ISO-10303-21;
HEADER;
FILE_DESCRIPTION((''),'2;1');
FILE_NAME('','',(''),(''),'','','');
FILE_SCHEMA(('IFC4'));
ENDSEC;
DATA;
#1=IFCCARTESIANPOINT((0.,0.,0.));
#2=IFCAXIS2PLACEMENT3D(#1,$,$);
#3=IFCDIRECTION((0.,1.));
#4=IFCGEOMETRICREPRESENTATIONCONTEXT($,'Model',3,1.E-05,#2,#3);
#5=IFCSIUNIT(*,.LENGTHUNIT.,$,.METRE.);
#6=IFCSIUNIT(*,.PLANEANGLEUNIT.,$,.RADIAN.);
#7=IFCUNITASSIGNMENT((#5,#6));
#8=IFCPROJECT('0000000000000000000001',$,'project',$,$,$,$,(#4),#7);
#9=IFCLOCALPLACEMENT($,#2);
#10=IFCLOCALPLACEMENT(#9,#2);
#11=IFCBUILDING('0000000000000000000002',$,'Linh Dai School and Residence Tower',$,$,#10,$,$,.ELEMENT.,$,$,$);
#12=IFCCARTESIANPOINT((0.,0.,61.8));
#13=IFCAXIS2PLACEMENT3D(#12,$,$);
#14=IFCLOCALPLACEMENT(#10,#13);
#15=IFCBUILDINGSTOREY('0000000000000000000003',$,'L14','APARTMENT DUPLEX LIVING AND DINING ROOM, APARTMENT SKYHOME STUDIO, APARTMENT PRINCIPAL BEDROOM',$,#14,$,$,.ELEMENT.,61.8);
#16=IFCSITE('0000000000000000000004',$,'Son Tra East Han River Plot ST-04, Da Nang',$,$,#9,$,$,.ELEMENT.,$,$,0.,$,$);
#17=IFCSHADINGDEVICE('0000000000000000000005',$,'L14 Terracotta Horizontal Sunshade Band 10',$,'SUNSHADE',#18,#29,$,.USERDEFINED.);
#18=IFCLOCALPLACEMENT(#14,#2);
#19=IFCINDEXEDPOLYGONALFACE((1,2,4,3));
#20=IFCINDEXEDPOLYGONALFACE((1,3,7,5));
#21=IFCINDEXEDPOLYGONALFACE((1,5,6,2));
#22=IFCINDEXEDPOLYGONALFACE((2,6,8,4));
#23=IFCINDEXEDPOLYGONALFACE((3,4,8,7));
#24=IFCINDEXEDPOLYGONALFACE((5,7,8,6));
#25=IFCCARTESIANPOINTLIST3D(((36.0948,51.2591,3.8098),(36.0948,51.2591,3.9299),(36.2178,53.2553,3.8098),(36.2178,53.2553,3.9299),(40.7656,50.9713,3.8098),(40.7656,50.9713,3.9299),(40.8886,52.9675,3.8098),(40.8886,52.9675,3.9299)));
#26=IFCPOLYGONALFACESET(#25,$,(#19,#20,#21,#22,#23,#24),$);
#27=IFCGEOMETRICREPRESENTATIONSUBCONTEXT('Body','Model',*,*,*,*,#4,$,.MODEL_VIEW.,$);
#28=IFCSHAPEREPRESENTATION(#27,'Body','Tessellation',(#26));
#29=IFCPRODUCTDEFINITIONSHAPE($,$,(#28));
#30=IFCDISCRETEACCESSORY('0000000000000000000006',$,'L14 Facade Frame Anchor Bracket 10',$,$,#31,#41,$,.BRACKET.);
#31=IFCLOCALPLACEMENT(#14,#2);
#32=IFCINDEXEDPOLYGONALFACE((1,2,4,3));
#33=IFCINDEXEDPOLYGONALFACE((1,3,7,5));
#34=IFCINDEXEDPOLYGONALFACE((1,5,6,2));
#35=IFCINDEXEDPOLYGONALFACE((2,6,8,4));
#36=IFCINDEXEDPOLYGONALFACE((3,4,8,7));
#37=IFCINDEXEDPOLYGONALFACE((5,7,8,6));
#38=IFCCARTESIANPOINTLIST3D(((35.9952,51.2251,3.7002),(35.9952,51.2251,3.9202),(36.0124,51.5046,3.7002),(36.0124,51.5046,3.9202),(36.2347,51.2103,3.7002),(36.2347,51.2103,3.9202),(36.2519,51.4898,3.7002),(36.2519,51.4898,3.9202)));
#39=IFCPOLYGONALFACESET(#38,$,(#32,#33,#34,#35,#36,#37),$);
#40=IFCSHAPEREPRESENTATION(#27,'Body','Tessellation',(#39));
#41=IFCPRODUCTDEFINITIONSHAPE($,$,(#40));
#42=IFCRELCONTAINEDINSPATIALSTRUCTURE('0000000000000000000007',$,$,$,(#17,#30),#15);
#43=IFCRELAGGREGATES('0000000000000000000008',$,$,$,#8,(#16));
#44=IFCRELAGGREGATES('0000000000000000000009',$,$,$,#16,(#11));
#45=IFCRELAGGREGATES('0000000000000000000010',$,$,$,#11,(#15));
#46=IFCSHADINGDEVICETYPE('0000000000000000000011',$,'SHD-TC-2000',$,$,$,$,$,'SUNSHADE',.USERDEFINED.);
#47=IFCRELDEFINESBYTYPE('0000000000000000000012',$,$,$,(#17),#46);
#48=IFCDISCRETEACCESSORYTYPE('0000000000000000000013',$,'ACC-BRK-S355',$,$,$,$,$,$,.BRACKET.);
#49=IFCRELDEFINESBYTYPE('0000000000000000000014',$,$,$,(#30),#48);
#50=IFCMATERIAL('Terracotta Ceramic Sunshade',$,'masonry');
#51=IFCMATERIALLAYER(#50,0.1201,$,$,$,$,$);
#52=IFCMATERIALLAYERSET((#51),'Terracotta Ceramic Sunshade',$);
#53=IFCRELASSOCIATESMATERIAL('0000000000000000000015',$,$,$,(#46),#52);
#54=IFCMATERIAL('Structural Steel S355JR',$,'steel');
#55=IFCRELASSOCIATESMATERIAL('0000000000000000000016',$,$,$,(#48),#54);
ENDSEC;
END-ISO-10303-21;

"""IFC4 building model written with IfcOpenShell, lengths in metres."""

from ifc_helpers import new_model, si_unit, direction, frame, origin, origin_2d, place, context, subcontext, project, spatial, rectangle, extrude, source, transform, mapped, material, layer, layer_set, type_object, element, save


model = new_model("IFC4")

# Units and contexts
model_context = context("Model", 3, precision=1e-05, world=origin(), true_north=direction((0.0, 1.0)))
body_context = subcontext(model_context, "Body", "Model", "MODEL_VIEW")
ifc_project = project(units=[si_unit("LENGTHUNIT", "METRE"), si_unit("PLANEANGLEUNIT", "RADIAN")], contexts=[model_context])

# Site, building, storey
site_placement = place(None, origin())
site = spatial("IfcSite", under=ifc_project, at=site_placement, Name="Son Tra East Han River Plot ST-04, Da Nang", CompositionType="ELEMENT", RefElevation=0.0)
building_placement = place(site_placement, origin())
building = spatial("IfcBuilding", under=site, at=building_placement, Name="Linh Dai School and Residence Tower", CompositionType="ELEMENT")
storey_placement = place(building_placement, frame((0.0, 0.0, 61.8)))
storey = spatial("IfcBuildingStorey", under=building, at=storey_placement, Name="L14", Description="APARTMENT DUPLEX LIVING AND DINING ROOM, APARTMENT SKYHOME STUDIO, APARTMENT PRINCIPAL BEDROOM", CompositionType="ELEMENT", Elevation=61.8)

# Shared definitions
ifc_material_1 = material(Name="Structural Steel S355JR", Category="steel")

# Shading device
ifc_material_2 = material(Name="Terracotta Ceramic Sunshade", Category="masonry")
ifc_layer_1 = layer(ifc_material_2, 0.1201)
ifc_layer_set_1 = layer_set([ifc_layer_1], Name="Terracotta Ceramic Sunshade")
shading_device_type = type_object("IfcShadingDeviceType", Name="SHD-TC-2000", ElementType="SUNSHADE", PredefinedType="USERDEFINED", material=ifc_layer_set_1)
shared_shape_1 = source(origin(), body_context, "Body", "SweptSolid", [
    extrude(rectangle(XDim=4.6797, YDim=2.0, at=origin_2d()), origin(), (0.0, 0.0, 1.0), 0.1201),
])
shading_device_placement = place(storey_placement, frame((38.4917, 52.1133, 3.8098), z_axis=(0.0, 0.0, 1.0), x_axis=(0.998107, -0.061507, 0.0)))
element("IfcShadingDevice", 1, at=shading_device_placement, inside=storey, type_object=shading_device_type, Name="L14 Terracotta Horizontal Sunshade Band 10", ObjectType="SUNSHADE", PredefinedType="USERDEFINED", context=body_context, shape_type="MappedRepresentation", body=[
    mapped(shared_shape_1, transform((0.0, 0.0, 0.0), x_axis=(1.0, 0.0, 0.0), y_axis=(0.0, 1.0, 0.0), z_axis=(0.0, 0.0, 1.0), scale=1.0)),
])

# Discrete accessory
discrete_accessory_type = type_object("IfcDiscreteAccessoryType", Name="ACC-BRK-S355", PredefinedType="BRACKET", material=ifc_material_1)
shared_shape_2 = source(origin(), body_context, "Body", "SweptSolid", [
    extrude(rectangle(XDim=0.28, YDim=0.24, at=origin_2d()), origin(), (0.0, 0.0, 1.0), 0.22),
])
discrete_accessory_placement = place(storey_placement, frame((36.1235, 51.3574, 3.7002), z_axis=(0.0, 0.0, 1.0), x_axis=(0.061507, 0.998107, 0.0)))
element("IfcDiscreteAccessory", 2, at=discrete_accessory_placement, inside=storey, type_object=discrete_accessory_type, Name="L14 Facade Frame Anchor Bracket 10", PredefinedType="BRACKET", context=body_context, shape_type="MappedRepresentation", body=[
    mapped(shared_shape_2, transform((0.0, 0.0, 0.0), x_axis=(1.0, 0.0, 0.0), y_axis=(0.0, 1.0, 0.0), z_axis=(0.0, 0.0, 1.0), scale=1.0)),
])

save(model, "model.ifc")
